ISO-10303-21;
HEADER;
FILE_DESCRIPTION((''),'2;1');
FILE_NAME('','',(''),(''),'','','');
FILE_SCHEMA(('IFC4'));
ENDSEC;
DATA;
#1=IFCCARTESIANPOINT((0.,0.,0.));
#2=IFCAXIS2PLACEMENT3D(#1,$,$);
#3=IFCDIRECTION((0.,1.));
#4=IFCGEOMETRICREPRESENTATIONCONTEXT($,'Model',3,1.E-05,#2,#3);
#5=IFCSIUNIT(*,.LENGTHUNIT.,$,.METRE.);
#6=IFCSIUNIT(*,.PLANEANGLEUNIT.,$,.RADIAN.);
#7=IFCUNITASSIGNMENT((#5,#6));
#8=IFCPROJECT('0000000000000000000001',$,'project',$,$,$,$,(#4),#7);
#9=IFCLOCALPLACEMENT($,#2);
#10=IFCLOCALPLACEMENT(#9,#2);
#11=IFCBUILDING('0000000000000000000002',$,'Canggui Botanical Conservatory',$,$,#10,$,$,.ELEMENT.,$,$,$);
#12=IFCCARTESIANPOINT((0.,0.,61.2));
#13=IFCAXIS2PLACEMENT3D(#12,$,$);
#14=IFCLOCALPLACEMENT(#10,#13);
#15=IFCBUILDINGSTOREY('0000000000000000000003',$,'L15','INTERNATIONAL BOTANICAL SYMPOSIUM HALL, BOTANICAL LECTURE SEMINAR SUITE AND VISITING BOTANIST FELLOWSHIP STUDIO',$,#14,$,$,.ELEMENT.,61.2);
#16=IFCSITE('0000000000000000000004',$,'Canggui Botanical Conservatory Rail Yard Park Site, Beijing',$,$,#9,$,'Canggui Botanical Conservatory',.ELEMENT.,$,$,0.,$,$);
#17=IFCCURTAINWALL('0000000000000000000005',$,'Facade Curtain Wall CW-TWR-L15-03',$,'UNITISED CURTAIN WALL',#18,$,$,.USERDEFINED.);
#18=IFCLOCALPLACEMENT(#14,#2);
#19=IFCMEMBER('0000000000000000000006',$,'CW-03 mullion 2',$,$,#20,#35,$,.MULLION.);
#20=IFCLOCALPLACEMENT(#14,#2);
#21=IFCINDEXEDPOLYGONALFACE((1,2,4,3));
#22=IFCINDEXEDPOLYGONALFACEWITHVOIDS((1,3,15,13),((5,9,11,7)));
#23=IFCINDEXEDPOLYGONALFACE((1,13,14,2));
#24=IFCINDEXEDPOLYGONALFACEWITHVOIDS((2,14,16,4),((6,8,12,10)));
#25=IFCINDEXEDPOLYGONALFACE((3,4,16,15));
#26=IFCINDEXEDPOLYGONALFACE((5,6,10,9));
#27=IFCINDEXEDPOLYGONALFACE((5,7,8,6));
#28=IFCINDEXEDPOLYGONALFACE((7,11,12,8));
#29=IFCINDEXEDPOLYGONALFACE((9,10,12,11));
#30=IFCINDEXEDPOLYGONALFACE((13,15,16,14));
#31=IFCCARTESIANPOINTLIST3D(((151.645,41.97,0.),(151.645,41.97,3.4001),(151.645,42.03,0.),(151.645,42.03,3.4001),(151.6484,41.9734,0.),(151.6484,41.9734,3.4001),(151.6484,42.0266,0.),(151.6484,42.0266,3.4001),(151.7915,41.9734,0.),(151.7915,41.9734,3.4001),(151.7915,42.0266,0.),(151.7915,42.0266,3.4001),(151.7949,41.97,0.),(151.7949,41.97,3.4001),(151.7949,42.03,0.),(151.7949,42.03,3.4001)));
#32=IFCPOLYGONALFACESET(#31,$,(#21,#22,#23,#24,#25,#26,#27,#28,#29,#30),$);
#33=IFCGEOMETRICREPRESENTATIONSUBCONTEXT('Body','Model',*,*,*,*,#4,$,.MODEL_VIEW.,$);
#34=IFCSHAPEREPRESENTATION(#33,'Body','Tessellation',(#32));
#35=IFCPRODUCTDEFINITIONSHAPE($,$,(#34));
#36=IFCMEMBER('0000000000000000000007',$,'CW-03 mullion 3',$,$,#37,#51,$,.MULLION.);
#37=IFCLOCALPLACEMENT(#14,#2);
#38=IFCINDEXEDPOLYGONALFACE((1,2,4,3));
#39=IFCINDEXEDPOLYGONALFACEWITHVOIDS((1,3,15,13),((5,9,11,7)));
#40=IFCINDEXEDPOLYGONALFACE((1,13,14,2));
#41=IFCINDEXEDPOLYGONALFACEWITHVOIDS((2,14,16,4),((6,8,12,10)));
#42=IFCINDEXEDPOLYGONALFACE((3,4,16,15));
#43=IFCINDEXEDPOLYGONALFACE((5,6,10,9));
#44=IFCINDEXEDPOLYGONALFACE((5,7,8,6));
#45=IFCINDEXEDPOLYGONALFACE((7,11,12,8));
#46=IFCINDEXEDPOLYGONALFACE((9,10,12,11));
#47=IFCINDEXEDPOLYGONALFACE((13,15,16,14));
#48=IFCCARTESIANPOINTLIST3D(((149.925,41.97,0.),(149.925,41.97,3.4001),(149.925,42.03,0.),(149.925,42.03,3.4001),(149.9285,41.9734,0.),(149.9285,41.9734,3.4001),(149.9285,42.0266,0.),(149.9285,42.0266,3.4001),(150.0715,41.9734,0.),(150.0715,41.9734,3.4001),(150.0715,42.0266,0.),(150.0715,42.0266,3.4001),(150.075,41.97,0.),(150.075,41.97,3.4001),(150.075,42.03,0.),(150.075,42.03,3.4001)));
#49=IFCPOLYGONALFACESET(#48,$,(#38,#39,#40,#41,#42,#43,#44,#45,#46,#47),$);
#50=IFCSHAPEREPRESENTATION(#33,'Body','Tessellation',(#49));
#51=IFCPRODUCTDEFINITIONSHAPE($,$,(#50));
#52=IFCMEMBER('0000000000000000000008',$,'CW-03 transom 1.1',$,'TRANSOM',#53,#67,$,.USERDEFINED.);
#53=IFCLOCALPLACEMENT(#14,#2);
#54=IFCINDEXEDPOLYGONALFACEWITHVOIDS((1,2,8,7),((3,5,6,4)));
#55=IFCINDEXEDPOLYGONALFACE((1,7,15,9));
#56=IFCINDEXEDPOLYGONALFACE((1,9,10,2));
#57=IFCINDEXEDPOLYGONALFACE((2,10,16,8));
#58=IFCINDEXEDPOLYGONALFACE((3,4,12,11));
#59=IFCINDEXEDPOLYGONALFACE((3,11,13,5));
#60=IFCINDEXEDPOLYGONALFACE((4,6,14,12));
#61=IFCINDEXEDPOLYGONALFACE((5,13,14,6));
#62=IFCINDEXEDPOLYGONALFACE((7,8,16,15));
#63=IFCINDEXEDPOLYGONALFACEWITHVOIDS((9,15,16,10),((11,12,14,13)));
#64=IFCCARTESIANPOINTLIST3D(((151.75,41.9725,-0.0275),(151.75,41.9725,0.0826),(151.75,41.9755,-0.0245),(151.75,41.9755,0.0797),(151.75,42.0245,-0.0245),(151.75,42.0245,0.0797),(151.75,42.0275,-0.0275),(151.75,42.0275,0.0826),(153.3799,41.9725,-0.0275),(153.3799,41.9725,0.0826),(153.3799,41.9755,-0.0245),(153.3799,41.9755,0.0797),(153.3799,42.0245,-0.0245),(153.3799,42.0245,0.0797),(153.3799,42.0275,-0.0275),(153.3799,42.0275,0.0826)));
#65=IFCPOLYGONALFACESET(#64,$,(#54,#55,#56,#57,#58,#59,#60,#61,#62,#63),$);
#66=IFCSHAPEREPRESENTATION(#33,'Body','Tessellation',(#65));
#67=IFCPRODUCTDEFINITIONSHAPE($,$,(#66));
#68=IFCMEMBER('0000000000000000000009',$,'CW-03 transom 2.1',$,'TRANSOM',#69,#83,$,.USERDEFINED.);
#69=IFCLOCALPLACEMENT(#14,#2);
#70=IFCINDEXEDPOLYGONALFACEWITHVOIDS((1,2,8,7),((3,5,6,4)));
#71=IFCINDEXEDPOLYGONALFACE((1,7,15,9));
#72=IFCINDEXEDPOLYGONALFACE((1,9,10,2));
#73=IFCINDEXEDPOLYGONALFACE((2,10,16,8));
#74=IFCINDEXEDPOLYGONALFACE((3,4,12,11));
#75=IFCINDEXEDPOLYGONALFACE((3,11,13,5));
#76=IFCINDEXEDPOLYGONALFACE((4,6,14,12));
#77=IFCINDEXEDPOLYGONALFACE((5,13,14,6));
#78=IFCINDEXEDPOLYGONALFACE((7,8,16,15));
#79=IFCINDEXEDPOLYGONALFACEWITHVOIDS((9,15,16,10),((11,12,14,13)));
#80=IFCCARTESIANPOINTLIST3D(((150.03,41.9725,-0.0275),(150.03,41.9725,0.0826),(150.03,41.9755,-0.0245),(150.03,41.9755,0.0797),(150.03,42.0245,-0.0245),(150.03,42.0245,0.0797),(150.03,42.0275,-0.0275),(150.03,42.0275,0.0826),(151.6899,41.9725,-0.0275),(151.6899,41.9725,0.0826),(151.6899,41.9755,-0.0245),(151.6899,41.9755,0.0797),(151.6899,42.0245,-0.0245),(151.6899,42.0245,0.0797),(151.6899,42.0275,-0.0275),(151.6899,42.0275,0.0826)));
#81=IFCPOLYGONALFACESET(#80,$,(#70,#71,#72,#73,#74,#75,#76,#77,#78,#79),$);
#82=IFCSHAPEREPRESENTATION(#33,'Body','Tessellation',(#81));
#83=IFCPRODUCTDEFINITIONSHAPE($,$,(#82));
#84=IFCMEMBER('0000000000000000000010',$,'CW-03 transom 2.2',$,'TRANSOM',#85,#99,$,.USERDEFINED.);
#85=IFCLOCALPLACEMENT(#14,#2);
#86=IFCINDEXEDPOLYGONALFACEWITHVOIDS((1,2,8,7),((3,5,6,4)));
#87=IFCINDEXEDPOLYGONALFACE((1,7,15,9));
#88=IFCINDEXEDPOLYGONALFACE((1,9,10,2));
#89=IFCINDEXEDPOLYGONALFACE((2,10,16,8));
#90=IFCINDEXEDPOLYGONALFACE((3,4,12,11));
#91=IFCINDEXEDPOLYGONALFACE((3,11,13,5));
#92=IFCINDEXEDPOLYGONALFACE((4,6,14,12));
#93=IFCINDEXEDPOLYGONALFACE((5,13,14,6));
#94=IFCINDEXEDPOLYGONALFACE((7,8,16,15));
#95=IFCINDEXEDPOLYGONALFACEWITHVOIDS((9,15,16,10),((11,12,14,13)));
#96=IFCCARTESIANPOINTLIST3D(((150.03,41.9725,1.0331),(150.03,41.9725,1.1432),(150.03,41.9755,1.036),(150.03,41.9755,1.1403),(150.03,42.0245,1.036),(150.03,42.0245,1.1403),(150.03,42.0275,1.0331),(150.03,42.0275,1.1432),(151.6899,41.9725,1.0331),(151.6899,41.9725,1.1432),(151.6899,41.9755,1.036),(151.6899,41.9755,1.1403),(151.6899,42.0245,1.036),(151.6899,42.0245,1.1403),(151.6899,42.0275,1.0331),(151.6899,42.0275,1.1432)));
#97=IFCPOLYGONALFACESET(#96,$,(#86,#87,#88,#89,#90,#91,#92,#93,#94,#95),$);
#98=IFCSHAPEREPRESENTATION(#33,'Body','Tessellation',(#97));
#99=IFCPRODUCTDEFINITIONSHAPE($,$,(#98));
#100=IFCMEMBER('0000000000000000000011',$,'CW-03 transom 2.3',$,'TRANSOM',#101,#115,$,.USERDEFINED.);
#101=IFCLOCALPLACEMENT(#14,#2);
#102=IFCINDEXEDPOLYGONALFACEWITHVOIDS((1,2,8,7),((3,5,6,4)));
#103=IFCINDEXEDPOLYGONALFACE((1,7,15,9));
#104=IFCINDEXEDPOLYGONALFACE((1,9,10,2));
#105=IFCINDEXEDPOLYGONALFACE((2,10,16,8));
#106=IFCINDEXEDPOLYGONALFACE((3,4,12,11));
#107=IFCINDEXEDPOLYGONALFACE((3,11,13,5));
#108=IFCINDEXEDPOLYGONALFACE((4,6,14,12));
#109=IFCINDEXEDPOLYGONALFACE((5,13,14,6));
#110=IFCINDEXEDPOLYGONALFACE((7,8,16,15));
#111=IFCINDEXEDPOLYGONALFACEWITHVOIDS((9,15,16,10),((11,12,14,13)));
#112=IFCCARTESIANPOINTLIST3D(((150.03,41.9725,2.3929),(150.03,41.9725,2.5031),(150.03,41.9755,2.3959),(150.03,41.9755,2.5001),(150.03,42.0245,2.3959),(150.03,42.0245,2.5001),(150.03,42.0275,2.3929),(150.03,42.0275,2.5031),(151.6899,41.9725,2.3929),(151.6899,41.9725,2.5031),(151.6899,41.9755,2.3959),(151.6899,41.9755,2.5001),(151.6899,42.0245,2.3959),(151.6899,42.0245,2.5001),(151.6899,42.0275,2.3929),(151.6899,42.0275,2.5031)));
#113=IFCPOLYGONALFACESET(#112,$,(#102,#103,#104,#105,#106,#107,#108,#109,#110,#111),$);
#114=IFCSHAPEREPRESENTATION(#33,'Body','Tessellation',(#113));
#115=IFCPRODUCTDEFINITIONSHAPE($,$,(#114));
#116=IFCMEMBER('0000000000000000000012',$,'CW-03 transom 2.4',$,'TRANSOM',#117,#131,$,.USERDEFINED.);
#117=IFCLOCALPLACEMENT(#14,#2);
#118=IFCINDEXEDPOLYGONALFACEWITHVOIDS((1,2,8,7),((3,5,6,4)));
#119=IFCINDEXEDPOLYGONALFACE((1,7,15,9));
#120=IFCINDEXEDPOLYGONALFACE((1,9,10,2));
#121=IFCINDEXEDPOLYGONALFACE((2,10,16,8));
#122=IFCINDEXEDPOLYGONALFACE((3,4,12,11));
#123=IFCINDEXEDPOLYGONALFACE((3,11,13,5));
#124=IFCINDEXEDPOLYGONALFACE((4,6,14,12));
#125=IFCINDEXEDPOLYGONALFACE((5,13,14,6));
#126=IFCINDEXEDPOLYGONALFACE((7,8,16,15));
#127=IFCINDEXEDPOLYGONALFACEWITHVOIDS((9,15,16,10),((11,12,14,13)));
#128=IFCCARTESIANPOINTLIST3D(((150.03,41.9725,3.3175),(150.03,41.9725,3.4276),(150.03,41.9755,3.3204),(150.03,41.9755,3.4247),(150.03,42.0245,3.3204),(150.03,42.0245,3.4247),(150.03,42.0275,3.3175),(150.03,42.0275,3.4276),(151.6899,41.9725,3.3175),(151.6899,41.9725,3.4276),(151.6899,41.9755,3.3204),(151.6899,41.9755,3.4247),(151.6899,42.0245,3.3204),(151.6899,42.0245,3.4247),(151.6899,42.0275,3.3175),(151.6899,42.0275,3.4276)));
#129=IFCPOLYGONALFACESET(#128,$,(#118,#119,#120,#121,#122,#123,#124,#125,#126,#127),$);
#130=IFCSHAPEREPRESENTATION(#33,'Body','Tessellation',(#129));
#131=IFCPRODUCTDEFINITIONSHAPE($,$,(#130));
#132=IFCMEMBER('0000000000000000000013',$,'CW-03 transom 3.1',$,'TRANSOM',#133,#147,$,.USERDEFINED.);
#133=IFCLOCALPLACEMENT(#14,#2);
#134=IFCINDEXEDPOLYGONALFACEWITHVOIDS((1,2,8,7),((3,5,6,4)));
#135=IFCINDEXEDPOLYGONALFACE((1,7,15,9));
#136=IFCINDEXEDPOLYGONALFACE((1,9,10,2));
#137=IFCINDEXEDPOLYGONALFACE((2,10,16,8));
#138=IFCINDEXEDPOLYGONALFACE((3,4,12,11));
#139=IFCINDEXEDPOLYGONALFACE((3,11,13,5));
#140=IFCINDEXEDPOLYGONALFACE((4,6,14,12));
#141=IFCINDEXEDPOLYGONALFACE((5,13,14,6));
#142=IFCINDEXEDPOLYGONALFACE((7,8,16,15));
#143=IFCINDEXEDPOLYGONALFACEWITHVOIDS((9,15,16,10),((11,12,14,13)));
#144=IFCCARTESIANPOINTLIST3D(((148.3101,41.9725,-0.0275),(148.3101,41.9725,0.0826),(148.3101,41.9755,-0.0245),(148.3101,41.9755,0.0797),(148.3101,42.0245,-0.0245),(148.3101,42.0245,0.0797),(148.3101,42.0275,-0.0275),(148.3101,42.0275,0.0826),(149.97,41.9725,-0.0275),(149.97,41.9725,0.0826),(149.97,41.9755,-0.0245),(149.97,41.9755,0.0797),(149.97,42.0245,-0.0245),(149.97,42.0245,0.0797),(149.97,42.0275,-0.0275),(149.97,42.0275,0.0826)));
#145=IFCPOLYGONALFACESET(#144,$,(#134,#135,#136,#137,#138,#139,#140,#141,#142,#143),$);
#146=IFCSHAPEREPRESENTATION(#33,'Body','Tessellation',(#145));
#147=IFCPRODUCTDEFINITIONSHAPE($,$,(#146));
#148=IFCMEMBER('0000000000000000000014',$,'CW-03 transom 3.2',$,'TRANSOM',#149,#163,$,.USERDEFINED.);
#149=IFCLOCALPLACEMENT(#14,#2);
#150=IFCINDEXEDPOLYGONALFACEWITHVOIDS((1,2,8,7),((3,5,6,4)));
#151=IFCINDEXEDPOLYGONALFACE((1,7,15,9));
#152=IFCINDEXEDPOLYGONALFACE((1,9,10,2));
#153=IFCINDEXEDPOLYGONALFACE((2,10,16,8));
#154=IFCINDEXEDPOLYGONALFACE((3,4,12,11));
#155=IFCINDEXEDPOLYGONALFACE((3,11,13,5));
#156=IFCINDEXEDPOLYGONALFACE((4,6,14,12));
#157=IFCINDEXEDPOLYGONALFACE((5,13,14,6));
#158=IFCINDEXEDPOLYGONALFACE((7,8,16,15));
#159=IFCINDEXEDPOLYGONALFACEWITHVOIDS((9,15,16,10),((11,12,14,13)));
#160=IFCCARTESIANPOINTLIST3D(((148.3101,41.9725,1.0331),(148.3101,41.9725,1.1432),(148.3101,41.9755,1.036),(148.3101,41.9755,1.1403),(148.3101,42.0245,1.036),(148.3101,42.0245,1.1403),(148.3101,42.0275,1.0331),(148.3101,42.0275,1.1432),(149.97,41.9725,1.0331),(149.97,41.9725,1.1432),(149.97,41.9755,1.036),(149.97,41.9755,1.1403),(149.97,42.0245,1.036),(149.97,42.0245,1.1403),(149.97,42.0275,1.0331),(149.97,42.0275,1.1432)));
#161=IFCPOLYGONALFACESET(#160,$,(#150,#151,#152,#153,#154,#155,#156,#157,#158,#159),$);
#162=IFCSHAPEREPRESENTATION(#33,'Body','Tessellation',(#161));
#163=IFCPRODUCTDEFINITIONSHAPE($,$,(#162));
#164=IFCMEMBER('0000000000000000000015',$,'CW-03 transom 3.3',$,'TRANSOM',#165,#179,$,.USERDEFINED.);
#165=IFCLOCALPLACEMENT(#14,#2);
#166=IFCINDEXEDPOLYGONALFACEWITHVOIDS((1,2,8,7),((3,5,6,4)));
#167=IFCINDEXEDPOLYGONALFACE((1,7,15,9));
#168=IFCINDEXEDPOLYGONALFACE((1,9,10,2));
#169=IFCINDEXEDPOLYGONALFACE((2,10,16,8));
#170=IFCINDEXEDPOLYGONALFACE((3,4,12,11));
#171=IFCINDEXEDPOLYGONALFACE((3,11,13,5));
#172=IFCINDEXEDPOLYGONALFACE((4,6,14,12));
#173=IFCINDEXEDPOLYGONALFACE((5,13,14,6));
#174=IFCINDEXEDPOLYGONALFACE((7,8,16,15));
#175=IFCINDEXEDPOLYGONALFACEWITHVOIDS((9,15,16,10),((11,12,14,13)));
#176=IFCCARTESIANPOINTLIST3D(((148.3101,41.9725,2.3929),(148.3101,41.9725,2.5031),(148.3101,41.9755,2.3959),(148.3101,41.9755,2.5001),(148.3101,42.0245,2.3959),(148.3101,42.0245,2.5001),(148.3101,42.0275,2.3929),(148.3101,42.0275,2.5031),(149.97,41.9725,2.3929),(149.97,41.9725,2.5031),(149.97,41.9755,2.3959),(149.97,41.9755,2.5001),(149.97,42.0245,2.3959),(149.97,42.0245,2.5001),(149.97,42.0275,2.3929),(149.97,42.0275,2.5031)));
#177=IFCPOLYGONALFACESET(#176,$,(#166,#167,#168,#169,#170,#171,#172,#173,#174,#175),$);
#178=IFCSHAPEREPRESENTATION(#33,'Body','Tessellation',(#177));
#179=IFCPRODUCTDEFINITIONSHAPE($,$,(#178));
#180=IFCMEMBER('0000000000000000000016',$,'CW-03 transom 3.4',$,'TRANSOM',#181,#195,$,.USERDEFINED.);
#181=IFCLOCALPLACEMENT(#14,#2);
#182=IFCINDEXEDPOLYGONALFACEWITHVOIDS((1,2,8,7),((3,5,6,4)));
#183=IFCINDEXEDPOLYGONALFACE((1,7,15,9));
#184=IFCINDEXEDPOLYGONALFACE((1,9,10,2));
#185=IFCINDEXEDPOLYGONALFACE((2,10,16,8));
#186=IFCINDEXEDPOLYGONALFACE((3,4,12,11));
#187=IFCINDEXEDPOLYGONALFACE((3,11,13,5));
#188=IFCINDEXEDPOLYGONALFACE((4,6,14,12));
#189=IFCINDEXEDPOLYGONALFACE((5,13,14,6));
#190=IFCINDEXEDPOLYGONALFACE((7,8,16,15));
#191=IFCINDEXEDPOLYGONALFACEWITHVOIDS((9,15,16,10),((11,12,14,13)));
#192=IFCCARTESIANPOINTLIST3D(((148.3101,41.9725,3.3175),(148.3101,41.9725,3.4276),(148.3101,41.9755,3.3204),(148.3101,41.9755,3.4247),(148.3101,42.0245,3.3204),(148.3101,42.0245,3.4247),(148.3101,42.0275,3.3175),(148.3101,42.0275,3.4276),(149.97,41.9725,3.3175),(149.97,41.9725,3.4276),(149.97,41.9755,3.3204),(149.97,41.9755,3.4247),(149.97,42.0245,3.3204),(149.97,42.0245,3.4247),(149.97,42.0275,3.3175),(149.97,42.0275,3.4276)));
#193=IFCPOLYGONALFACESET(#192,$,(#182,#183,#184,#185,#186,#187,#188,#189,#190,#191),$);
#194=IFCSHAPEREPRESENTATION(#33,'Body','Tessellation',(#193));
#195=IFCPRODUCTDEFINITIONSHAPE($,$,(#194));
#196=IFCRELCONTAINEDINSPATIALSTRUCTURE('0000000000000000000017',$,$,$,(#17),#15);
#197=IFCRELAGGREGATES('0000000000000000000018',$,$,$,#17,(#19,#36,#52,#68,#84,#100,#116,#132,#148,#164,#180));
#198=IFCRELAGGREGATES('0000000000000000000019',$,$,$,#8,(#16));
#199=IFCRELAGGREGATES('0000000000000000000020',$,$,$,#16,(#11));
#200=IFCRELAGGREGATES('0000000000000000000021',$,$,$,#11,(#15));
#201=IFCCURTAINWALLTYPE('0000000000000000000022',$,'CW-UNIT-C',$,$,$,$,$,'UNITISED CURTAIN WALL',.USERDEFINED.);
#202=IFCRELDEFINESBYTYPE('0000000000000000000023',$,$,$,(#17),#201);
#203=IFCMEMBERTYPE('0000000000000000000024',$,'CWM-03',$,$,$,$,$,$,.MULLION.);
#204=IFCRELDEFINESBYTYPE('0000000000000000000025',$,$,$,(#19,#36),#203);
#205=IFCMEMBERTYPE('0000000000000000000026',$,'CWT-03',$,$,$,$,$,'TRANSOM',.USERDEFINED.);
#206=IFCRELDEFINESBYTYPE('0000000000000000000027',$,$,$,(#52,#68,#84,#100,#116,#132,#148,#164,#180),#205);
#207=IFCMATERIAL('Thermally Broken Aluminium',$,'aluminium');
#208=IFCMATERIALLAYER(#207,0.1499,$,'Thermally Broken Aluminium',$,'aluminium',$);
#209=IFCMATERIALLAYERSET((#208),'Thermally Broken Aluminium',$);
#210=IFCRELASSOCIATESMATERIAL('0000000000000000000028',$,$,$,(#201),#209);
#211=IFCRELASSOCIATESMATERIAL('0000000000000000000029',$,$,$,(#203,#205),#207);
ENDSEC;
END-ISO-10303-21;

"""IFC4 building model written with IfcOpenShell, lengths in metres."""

from ifc_helpers import new_model, si_unit, direction, frame, origin, origin_2d, place, context, subcontext, project, spatial, hollow_rectangle, extrude, material, layer, layer_set, material_profile, profile_set, type_object, element, aggregate, save


model = new_model("IFC4")

# Units and contexts
model_context = context("Model", 3, precision=1e-05, world=origin(), true_north=direction((0.0, 1.0)))
body_context = subcontext(model_context, "Body", "Model", "MODEL_VIEW")
ifc_project = project(units=[si_unit("LENGTHUNIT", "METRE"), si_unit("PLANEANGLEUNIT", "RADIAN")], contexts=[model_context])

# Site, building, storey
site_placement = place(None, origin())
site = spatial("IfcSite", under=ifc_project, at=site_placement, Name="Canggui Botanical Conservatory Rail Yard Park Site, Beijing", LongName="Canggui Botanical Conservatory", CompositionType="ELEMENT", RefElevation=0.0)
building_placement = place(site_placement, origin())
building = spatial("IfcBuilding", under=site, at=building_placement, Name="Canggui Botanical Conservatory", CompositionType="ELEMENT")
storey_placement = place(building_placement, frame((0.0, 0.0, 61.2)))
storey = spatial("IfcBuildingStorey", under=building, at=storey_placement, Name="L15", Description="INTERNATIONAL BOTANICAL SYMPOSIUM HALL, BOTANICAL LECTURE SEMINAR SUITE AND VISITING BOTANIST FELLOWSHIP STUDIO", CompositionType="ELEMENT", Elevation=61.2)

# Curtain wall, members
ifc_material_1 = material(Name="Thermally Broken Aluminium", Category="aluminium")
ifc_layer_1 = layer(ifc_material_1, 0.1499, Name="Thermally Broken Aluminium", Category="aluminium")
ifc_layer_set_1 = layer_set([ifc_layer_1], Name="Thermally Broken Aluminium")
curtain_wall_type = type_object("IfcCurtainWallType", Name="CW-UNIT-C", ElementType="UNITISED CURTAIN WALL", PredefinedType="USERDEFINED", material=ifc_layer_set_1)
curtain_wall_placement = place(storey_placement, origin())
curtain_wall = element("IfcCurtainWall", 1, at=curtain_wall_placement, inside=storey, type_object=curtain_wall_type, Name="Facade Curtain Wall CW-TWR-L15-03", ObjectType="UNITISED CURTAIN WALL", PredefinedType="USERDEFINED")
ifc_material_profile_1 = material_profile(ifc_material_1, hollow_rectangle(XDim=0.0601, YDim=0.1499, WallThickness=0.0034, at=origin_2d()), Name="CWM 60x150x3.5")
ifc_profile_set_1 = profile_set([ifc_material_profile_1], Name="Thermally Broken Aluminium")
member_type_1 = type_object("IfcMemberType", Name="CWM-03", PredefinedType="MULLION", material=ifc_profile_set_1)
member_1_placement = place(storey_placement, frame((151.72, 42.0, 0.0), z_axis=(0.0, 0.0, 1.0), x_axis=(0.0, -1.0, 0.0)))
member_1 = element("IfcMember", 2, at=member_1_placement, type_object=member_type_1, Name="CW-03 mullion 2", PredefinedType="MULLION", context=body_context, shape_type="SweptSolid", body=[
    extrude(hollow_rectangle(XDim=0.0601, YDim=0.1499, WallThickness=0.0034, at=origin_2d()), origin(), (0.0, 0.0, 1.0), 3.4001),
])
member_2_placement = place(storey_placement, frame((150.0, 42.0, 0.0), z_axis=(0.0, 0.0, 1.0), x_axis=(0.0, -1.0, 0.0)))
member_2 = element("IfcMember", 3, at=member_2_placement, type_object=member_type_1, Name="CW-03 mullion 3", PredefinedType="MULLION", context=body_context, shape_type="SweptSolid", body=[
    extrude(hollow_rectangle(XDim=0.0601, YDim=0.1499, WallThickness=0.0034, at=origin_2d()), origin(), (0.0, 0.0, 1.0), 3.4001),
])
ifc_material_profile_2 = material_profile(ifc_material_1, hollow_rectangle(XDim=0.0549, YDim=0.1101, WallThickness=0.0029, at=origin_2d()), Name="CWT 55x110x3")
ifc_profile_set_2 = profile_set([ifc_material_profile_2], Name="Thermally Broken Aluminium")
member_type_2 = type_object("IfcMemberType", Name="CWT-03", ElementType="TRANSOM", PredefinedType="USERDEFINED", material=ifc_profile_set_2)
member_3_placement = place(storey_placement, frame((153.3799, 42.0, 0.0276), z_axis=(-1.0, 0.0, 0.0), x_axis=(0.0, -1.0, 0.0)))
member_3 = element("IfcMember", 4, at=member_3_placement, type_object=member_type_2, Name="CW-03 transom 1.1", ObjectType="TRANSOM", PredefinedType="USERDEFINED", context=body_context, shape_type="SweptSolid", body=[
    extrude(hollow_rectangle(XDim=0.0549, YDim=0.1101, WallThickness=0.0029, at=origin_2d()), origin(), (0.0, 0.0, 1.0), 1.6299),
])
member_4_placement = place(storey_placement, frame((151.6899, 42.0, 0.0276), z_axis=(-1.0, 0.0, 0.0), x_axis=(0.0, -1.0, 0.0)))
member_4 = element("IfcMember", 5, at=member_4_placement, type_object=member_type_2, Name="CW-03 transom 2.1", ObjectType="TRANSOM", PredefinedType="USERDEFINED", context=body_context, shape_type="SweptSolid", body=[
    extrude(hollow_rectangle(XDim=0.0549, YDim=0.1101, WallThickness=0.0029, at=origin_2d()), origin(), (0.0, 0.0, 1.0), 1.6599),
])
member_5_placement = place(storey_placement, frame((151.6899, 42.0, 1.0881), z_axis=(-1.0, 0.0, 0.0), x_axis=(0.0, -1.0, 0.0)))
member_5 = element("IfcMember", 6, at=member_5_placement, type_object=member_type_2, Name="CW-03 transom 2.2", ObjectType="TRANSOM", PredefinedType="USERDEFINED", context=body_context, shape_type="SweptSolid", body=[
    extrude(hollow_rectangle(XDim=0.0549, YDim=0.1101, WallThickness=0.0029, at=origin_2d()), origin(), (0.0, 0.0, 1.0), 1.6599),
])
member_6_placement = place(storey_placement, frame((151.6899, 42.0, 2.448), z_axis=(-1.0, 0.0, 0.0), x_axis=(0.0, -1.0, 0.0)))
member_6 = element("IfcMember", 7, at=member_6_placement, type_object=member_type_2, Name="CW-03 transom 2.3", ObjectType="TRANSOM", PredefinedType="USERDEFINED", context=body_context, shape_type="SweptSolid", body=[
    extrude(hollow_rectangle(XDim=0.0549, YDim=0.1101, WallThickness=0.0029, at=origin_2d()), origin(), (0.0, 0.0, 1.0), 1.6599),
])
member_7_placement = place(storey_placement, frame((151.6899, 42.0, 3.3726), z_axis=(-1.0, 0.0, 0.0), x_axis=(0.0, -1.0, 0.0)))
member_7 = element("IfcMember", 8, at=member_7_placement, type_object=member_type_2, Name="CW-03 transom 2.4", ObjectType="TRANSOM", PredefinedType="USERDEFINED", context=body_context, shape_type="SweptSolid", body=[
    extrude(hollow_rectangle(XDim=0.0549, YDim=0.1101, WallThickness=0.0029, at=origin_2d()), origin(), (0.0, 0.0, 1.0), 1.6599),
])
member_8_placement = place(storey_placement, frame((149.97, 42.0, 0.0276), z_axis=(-1.0, 0.0, 0.0), x_axis=(0.0, -1.0, 0.0)))
member_8 = element("IfcMember", 9, at=member_8_placement, type_object=member_type_2, Name="CW-03 transom 3.1", ObjectType="TRANSOM", PredefinedType="USERDEFINED", context=body_context, shape_type="SweptSolid", body=[
    extrude(hollow_rectangle(XDim=0.0549, YDim=0.1101, WallThickness=0.0029, at=origin_2d()), origin(), (0.0, 0.0, 1.0), 1.6599),
])
member_9_placement = place(storey_placement, frame((149.97, 42.0, 1.0881), z_axis=(-1.0, 0.0, 0.0), x_axis=(0.0, -1.0, 0.0)))
member_9 = element("IfcMember", 10, at=member_9_placement, type_object=member_type_2, Name="CW-03 transom 3.2", ObjectType="TRANSOM", PredefinedType="USERDEFINED", context=body_context, shape_type="SweptSolid", body=[
    extrude(hollow_rectangle(XDim=0.0549, YDim=0.1101, WallThickness=0.0029, at=origin_2d()), origin(), (0.0, 0.0, 1.0), 1.6599),
])
member_10_placement = place(storey_placement, frame((149.97, 42.0, 2.448), z_axis=(-1.0, 0.0, 0.0), x_axis=(0.0, -1.0, 0.0)))
member_10 = element("IfcMember", 11, at=member_10_placement, type_object=member_type_2, Name="CW-03 transom 3.3", ObjectType="TRANSOM", PredefinedType="USERDEFINED", context=body_context, shape_type="SweptSolid", body=[
    extrude(hollow_rectangle(XDim=0.0549, YDim=0.1101, WallThickness=0.0029, at=origin_2d()), origin(), (0.0, 0.0, 1.0), 1.6599),
])
member_11_placement = place(storey_placement, frame((149.97, 42.0, 3.3726), z_axis=(-1.0, 0.0, 0.0), x_axis=(0.0, -1.0, 0.0)))
member_11 = element("IfcMember", 12, at=member_11_placement, type_object=member_type_2, Name="CW-03 transom 3.4", ObjectType="TRANSOM", PredefinedType="USERDEFINED", context=body_context, shape_type="SweptSolid", body=[
    extrude(hollow_rectangle(XDim=0.0549, YDim=0.1101, WallThickness=0.0029, at=origin_2d()), origin(), (0.0, 0.0, 1.0), 1.6599),
])
aggregate(curtain_wall, [member_1, member_2, member_3, member_4, member_5, member_6, member_7, member_8, member_9, member_10, member_11])

save(model, "model.ifc")
